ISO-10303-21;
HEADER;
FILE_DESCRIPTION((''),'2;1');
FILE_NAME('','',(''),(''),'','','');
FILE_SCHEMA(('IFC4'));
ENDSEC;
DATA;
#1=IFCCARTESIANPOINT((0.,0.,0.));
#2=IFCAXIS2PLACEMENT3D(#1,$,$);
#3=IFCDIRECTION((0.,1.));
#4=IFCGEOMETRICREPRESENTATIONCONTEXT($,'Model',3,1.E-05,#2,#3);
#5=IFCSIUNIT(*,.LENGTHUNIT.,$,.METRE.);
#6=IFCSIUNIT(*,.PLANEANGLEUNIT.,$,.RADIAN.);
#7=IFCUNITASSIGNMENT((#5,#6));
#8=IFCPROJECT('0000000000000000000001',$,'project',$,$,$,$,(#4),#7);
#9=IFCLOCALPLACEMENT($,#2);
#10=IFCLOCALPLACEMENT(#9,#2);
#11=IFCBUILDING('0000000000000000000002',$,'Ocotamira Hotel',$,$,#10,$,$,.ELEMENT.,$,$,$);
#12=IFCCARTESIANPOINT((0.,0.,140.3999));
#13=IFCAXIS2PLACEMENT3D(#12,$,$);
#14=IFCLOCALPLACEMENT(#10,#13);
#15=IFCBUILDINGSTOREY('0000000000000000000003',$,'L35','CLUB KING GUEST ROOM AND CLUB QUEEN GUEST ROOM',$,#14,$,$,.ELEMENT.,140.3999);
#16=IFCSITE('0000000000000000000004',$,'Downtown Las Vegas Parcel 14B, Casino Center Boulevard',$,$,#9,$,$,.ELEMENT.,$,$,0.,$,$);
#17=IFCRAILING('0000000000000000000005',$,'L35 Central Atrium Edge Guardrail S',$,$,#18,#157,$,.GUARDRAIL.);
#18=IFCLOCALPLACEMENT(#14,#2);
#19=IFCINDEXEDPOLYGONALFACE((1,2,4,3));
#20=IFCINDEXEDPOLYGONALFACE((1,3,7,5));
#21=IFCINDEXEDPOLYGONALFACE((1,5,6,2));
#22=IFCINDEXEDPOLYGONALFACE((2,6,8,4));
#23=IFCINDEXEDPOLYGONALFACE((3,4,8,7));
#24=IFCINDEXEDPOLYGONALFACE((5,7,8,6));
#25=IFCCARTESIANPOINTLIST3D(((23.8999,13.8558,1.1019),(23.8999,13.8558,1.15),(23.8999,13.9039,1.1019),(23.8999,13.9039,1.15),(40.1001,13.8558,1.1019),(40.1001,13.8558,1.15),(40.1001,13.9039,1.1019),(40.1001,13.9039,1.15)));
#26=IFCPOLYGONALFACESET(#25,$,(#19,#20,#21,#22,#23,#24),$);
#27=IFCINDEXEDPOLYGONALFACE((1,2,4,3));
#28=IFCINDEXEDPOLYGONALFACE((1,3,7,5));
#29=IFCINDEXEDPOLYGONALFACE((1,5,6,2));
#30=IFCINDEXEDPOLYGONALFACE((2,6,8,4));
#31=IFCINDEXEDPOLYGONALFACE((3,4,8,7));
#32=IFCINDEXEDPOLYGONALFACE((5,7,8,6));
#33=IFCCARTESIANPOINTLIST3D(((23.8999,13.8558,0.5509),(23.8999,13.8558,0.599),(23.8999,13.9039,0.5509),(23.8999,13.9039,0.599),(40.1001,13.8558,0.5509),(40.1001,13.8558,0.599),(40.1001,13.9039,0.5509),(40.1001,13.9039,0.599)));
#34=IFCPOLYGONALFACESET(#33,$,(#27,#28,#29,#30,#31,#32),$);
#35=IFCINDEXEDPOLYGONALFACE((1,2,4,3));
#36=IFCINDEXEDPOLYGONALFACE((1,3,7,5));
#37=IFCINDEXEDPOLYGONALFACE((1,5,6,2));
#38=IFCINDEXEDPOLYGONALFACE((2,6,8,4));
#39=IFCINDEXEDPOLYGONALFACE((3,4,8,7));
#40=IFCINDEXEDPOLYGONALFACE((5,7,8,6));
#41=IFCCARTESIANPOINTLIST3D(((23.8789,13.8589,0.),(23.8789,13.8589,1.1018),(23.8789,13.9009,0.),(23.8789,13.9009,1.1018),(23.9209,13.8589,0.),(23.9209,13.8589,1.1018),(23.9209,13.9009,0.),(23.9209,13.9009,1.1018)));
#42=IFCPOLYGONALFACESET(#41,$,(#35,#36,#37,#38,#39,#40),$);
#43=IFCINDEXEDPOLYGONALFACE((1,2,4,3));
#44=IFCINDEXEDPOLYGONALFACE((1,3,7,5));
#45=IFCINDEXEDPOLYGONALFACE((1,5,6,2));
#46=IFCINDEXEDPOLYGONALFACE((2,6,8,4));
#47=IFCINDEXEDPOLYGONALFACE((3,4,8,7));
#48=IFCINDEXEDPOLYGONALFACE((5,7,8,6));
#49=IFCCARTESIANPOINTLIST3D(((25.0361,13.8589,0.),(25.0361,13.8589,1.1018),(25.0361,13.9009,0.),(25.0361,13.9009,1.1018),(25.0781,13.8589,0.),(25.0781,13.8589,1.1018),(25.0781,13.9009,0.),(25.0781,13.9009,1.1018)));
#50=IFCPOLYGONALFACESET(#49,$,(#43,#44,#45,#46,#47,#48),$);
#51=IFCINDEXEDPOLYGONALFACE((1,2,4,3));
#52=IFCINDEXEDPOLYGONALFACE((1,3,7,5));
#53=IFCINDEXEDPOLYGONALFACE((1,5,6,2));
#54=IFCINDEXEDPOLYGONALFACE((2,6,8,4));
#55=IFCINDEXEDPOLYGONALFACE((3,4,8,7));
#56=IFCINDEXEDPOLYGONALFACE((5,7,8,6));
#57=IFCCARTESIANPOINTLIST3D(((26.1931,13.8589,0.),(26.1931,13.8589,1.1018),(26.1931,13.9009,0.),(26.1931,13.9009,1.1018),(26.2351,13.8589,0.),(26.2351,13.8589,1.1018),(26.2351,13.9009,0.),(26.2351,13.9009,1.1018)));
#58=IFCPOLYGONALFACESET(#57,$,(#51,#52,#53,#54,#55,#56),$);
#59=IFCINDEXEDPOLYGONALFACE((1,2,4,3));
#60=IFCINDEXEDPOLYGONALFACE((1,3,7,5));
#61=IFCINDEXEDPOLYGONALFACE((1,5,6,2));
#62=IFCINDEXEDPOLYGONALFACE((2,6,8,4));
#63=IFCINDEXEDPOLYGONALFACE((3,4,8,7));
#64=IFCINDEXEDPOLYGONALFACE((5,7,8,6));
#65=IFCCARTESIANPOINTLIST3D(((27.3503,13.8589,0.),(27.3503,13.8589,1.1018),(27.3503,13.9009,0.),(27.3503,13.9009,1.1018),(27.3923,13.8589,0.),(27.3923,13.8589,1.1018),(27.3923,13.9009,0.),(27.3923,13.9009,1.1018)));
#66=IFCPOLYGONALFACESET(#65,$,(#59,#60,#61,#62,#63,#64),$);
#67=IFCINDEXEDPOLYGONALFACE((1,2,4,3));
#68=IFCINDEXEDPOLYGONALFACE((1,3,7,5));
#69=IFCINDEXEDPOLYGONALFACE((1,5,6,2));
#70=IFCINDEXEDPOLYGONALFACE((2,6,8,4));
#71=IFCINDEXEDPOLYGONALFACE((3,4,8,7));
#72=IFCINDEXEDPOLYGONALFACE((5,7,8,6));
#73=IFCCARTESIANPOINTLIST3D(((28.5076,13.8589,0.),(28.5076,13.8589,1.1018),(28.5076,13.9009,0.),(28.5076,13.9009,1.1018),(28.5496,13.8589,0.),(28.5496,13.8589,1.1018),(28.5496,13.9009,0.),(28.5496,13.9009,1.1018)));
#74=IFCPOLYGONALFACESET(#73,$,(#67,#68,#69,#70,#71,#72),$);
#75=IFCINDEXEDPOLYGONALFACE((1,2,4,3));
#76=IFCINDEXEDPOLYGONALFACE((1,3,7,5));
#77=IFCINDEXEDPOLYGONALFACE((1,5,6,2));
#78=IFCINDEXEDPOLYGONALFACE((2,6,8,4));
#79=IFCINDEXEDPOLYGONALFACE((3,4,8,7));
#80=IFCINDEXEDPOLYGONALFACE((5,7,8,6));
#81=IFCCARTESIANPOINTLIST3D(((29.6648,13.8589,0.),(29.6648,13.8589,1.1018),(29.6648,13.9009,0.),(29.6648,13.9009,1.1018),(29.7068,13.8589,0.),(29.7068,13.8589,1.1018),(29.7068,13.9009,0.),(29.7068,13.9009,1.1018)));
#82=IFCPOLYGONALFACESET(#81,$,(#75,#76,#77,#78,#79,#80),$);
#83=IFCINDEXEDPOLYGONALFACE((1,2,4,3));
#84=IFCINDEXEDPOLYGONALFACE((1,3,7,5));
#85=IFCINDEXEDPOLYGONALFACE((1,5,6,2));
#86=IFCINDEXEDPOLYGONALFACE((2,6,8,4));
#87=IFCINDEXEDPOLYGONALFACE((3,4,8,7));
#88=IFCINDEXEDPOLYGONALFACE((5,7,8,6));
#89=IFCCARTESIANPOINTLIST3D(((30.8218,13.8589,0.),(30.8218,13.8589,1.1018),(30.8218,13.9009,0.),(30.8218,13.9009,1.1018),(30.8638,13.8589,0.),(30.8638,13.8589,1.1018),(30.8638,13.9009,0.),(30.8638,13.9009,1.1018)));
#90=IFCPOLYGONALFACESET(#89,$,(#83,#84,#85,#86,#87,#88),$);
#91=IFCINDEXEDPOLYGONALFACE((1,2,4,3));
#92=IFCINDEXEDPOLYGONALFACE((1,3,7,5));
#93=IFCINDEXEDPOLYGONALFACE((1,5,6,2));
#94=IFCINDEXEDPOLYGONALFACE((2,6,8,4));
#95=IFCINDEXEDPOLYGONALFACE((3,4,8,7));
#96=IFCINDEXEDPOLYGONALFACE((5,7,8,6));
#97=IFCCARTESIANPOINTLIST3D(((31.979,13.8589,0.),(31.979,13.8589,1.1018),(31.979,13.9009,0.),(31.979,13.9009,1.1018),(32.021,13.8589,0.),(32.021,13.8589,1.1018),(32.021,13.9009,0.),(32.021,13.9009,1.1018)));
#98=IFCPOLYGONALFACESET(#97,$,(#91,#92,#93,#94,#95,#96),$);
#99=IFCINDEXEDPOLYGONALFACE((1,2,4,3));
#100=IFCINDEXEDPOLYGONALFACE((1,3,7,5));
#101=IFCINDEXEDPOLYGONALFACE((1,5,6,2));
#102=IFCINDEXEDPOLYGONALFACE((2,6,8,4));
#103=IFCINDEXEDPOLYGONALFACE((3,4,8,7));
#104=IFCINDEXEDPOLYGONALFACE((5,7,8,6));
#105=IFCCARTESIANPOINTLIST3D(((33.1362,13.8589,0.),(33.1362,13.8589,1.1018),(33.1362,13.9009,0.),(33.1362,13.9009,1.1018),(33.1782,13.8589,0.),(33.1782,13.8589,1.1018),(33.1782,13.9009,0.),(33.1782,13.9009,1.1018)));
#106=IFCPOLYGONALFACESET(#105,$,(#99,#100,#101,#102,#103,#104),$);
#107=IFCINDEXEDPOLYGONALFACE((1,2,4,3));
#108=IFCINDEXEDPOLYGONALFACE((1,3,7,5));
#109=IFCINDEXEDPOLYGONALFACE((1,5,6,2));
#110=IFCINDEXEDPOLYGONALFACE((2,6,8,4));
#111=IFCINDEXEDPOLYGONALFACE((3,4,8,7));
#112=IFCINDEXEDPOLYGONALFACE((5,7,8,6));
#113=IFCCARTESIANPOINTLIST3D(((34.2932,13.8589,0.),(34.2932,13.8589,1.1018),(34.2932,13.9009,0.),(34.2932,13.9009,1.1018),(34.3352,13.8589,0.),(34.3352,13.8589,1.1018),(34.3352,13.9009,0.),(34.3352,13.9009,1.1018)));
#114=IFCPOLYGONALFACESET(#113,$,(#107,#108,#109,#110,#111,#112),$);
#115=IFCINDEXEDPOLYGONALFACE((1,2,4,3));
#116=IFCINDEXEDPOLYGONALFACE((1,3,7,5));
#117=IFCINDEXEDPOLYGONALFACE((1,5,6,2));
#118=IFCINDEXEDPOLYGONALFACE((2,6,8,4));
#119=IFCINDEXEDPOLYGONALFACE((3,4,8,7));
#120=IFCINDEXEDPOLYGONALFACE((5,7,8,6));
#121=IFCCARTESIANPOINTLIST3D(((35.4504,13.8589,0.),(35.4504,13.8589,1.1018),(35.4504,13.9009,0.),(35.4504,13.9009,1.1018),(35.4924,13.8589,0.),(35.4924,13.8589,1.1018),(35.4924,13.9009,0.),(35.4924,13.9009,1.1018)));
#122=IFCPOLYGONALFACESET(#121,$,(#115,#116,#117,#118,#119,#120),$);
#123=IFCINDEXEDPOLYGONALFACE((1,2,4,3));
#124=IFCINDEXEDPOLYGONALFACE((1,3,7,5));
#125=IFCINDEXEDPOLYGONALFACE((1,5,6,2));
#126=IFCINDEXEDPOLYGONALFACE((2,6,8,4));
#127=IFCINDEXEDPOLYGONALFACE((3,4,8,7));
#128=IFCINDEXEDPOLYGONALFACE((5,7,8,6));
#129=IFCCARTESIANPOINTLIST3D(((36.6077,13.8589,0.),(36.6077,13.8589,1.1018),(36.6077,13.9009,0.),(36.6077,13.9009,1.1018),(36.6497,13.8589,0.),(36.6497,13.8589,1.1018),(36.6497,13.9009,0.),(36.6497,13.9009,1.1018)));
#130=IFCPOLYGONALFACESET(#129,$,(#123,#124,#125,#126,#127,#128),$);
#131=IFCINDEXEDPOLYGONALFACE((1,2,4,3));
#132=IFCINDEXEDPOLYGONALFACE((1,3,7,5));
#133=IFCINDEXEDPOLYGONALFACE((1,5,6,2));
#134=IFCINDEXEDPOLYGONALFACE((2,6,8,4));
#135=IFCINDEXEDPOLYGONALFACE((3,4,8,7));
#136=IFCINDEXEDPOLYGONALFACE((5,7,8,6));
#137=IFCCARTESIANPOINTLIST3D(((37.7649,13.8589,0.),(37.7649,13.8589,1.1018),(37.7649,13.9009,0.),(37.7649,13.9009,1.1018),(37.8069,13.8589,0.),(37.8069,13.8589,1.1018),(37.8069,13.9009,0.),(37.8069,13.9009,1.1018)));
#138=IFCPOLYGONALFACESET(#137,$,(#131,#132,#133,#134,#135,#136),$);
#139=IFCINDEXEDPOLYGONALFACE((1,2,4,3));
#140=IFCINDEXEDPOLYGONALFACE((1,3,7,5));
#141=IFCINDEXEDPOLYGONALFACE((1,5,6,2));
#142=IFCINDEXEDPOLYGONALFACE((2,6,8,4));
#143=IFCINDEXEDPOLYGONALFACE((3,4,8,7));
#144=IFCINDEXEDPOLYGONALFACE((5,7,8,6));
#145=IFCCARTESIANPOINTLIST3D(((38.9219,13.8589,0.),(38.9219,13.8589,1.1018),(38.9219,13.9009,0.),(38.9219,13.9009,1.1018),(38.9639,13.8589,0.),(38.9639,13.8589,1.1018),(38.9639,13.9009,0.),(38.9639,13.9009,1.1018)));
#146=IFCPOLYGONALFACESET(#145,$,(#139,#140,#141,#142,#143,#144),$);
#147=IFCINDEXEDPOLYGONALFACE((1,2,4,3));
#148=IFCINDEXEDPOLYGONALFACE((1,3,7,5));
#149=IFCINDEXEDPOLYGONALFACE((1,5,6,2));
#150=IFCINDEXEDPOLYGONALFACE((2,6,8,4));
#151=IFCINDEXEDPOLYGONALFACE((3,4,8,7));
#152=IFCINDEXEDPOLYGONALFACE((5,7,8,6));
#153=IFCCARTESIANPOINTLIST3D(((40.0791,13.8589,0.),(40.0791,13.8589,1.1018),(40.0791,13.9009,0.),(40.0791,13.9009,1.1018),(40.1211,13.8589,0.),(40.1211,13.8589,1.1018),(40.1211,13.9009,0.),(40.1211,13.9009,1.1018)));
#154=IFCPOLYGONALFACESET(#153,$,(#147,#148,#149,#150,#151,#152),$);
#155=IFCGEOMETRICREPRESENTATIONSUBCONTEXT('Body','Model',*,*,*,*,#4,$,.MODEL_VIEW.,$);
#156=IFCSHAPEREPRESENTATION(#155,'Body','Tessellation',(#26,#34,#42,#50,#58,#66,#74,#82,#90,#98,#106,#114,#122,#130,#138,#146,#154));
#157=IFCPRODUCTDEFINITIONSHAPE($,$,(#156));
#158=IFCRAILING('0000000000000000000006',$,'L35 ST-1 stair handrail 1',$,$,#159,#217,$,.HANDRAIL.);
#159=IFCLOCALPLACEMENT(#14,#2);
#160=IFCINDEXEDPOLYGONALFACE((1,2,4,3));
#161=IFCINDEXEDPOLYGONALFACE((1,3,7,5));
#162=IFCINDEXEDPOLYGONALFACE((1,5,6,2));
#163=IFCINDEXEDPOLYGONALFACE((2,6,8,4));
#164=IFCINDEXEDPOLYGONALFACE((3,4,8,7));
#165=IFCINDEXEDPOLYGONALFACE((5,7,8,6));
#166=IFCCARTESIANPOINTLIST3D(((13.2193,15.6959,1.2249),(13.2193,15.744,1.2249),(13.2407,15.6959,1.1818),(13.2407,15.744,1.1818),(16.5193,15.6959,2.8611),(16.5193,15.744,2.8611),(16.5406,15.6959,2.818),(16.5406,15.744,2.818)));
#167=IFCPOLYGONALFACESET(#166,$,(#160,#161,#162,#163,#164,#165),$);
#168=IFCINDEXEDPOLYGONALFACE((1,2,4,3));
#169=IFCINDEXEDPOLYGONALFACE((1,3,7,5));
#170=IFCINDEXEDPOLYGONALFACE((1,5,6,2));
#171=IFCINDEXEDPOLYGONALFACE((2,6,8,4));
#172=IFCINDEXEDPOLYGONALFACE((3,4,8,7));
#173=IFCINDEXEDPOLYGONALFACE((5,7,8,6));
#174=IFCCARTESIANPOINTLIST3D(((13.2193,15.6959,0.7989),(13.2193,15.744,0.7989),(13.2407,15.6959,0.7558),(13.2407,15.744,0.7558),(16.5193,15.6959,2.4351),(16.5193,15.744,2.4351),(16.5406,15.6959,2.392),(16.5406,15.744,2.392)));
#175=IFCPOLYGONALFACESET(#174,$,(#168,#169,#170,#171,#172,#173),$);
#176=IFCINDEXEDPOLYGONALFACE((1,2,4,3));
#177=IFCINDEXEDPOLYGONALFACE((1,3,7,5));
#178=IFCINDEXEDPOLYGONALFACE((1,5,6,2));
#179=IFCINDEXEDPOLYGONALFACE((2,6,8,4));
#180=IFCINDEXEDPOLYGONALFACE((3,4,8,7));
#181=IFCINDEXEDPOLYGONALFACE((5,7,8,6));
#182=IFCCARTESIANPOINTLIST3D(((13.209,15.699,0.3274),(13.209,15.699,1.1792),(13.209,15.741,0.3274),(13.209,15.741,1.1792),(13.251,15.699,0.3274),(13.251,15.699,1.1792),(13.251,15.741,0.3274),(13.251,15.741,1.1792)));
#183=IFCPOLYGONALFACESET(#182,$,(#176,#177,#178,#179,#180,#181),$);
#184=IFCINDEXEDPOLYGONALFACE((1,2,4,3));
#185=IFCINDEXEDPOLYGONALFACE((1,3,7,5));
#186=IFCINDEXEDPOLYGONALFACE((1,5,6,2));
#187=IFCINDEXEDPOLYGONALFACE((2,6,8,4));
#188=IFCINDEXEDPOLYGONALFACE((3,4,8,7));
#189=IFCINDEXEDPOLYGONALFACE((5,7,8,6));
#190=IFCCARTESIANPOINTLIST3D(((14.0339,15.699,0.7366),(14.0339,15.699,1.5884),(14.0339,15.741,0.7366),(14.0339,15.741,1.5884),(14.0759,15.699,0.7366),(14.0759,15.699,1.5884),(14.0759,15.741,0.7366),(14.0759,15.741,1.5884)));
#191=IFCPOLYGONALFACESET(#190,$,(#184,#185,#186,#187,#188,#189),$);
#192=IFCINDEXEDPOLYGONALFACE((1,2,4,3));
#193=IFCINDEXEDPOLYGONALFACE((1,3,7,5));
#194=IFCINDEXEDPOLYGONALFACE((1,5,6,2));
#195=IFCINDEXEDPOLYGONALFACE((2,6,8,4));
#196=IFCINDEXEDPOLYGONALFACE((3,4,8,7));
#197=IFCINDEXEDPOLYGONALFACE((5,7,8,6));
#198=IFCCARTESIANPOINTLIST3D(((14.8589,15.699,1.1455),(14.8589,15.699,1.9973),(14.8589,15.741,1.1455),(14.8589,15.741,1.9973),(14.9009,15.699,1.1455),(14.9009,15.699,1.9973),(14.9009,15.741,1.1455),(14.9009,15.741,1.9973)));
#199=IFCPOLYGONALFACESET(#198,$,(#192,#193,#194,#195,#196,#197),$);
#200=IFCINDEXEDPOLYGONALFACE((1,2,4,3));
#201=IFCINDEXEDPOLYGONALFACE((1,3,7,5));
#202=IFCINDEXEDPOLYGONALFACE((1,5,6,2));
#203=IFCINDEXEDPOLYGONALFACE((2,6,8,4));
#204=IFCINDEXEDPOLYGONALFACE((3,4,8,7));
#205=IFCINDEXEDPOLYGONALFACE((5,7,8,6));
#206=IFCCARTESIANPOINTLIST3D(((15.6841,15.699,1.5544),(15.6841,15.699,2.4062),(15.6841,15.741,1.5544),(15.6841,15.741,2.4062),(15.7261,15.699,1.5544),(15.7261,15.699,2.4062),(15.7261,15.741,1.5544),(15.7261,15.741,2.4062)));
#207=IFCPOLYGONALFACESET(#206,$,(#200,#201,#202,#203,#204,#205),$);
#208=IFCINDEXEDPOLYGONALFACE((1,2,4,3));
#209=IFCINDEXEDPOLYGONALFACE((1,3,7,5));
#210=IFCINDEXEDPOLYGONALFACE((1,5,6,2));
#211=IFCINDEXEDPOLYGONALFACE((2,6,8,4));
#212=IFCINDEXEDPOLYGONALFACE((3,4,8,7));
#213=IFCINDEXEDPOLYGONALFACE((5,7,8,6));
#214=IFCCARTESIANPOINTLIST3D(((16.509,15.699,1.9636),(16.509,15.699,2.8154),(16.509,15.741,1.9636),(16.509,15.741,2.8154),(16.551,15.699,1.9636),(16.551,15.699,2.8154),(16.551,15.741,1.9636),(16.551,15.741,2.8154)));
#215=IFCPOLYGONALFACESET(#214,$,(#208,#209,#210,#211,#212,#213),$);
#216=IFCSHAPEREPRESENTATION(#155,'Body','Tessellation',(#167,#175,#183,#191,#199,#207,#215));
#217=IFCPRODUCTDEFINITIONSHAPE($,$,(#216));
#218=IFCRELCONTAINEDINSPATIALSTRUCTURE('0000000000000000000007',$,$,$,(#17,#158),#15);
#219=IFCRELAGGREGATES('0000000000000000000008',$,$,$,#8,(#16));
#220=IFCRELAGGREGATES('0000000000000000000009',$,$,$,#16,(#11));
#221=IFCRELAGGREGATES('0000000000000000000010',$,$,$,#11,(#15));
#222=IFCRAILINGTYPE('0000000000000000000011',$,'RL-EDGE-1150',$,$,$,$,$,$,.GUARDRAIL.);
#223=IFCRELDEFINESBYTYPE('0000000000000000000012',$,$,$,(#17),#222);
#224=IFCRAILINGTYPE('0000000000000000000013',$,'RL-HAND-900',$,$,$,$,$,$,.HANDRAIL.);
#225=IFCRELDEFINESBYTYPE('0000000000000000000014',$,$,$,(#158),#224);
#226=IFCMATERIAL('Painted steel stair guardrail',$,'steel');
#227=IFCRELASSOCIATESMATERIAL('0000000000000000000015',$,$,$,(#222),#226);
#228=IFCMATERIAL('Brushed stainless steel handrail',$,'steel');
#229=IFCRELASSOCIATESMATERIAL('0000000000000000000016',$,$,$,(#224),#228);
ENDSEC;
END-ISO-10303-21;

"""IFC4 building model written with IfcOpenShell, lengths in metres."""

from ifc_helpers import new_model, si_unit, direction, frame, origin, origin_2d, place, context, subcontext, project, spatial, rectangle, extrude, material, type_object, element, save


model = new_model("IFC4")

# Units and contexts
model_context = context("Model", 3, precision=1e-05, world=origin(), true_north=direction((0.0, 1.0)))
body_context = subcontext(model_context, "Body", "Model", "MODEL_VIEW")
ifc_project = project(units=[si_unit("LENGTHUNIT", "METRE"), si_unit("PLANEANGLEUNIT", "RADIAN")], contexts=[model_context])

# Site, building, storey
site_placement = place(None, origin())
site = spatial("IfcSite", under=ifc_project, at=site_placement, Name="Downtown Las Vegas Parcel 14B, Casino Center Boulevard", CompositionType="ELEMENT", RefElevation=0.0)
building_placement = place(site_placement, origin())
building = spatial("IfcBuilding", under=site, at=building_placement, Name="Ocotamira Hotel", CompositionType="ELEMENT")
storey_placement = place(building_placement, frame((0.0, 0.0, 140.3999)))
storey = spatial("IfcBuildingStorey", under=building, at=storey_placement, Name="L35", Description="CLUB KING GUEST ROOM AND CLUB QUEEN GUEST ROOM", CompositionType="ELEMENT", Elevation=140.3999)

# Railings
ifc_material_1 = material(Name="Painted steel stair guardrail", Category="steel")
railing_type_1 = type_object("IfcRailingType", Name="RL-EDGE-1150", PredefinedType="GUARDRAIL", material=ifc_material_1)
railing_1_placement = place(storey_placement, frame((23.8999, 13.8799, 0.0)))
element("IfcRailing", 1, at=railing_1_placement, inside=storey, type_object=railing_type_1, Name="L35 Central Atrium Edge Guardrail S", PredefinedType="GUARDRAIL", context=body_context, shape_type="SweptSolid", body=[
    extrude(rectangle(XDim=0.0481, YDim=0.0481, at=origin_2d()), frame((0.0, 0.0, 1.126), z_axis=(1.0, 0.0, 0.0), x_axis=(0.0, 1.0, 0.0)), (0.0, 0.0, 1.0), 16.2002),
    extrude(rectangle(XDim=0.0481, YDim=0.0481, at=origin_2d()), frame((0.0, 0.0, 0.575), z_axis=(1.0, 0.0, 0.0), x_axis=(0.0, 1.0, 0.0)), (0.0, 0.0, 1.0), 16.2002),
    extrude(rectangle(XDim=0.042, YDim=0.042, at=origin_2d()), origin(), (0.0, 0.0, 1.0), 1.1018),
    extrude(rectangle(XDim=0.042, YDim=0.042, at=origin_2d()), frame((1.1572, 0.0, 0.0)), (0.0, 0.0, 1.0), 1.1018),
    extrude(rectangle(XDim=0.042, YDim=0.042, at=origin_2d()), frame((2.3142, 0.0, 0.0)), (0.0, 0.0, 1.0), 1.1018),
    extrude(rectangle(XDim=0.042, YDim=0.042, at=origin_2d()), frame((3.4714, 0.0, 0.0)), (0.0, 0.0, 1.0), 1.1018),
    extrude(rectangle(XDim=0.042, YDim=0.042, at=origin_2d()), frame((4.6287, 0.0, 0.0)), (0.0, 0.0, 1.0), 1.1018),
    extrude(rectangle(XDim=0.042, YDim=0.042, at=origin_2d()), frame((5.7859, 0.0, 0.0)), (0.0, 0.0, 1.0), 1.1018),
    extrude(rectangle(XDim=0.042, YDim=0.042, at=origin_2d()), frame((6.9429, 0.0, 0.0)), (0.0, 0.0, 1.0), 1.1018),
    extrude(rectangle(XDim=0.042, YDim=0.042, at=origin_2d()), frame((8.1001, 0.0, 0.0)), (0.0, 0.0, 1.0), 1.1018),
    extrude(rectangle(XDim=0.042, YDim=0.042, at=origin_2d()), frame((9.2573, 0.0, 0.0)), (0.0, 0.0, 1.0), 1.1018),
    extrude(rectangle(XDim=0.042, YDim=0.042, at=origin_2d()), frame((10.4143, 0.0, 0.0)), (0.0, 0.0, 1.0), 1.1018),
    extrude(rectangle(XDim=0.042, YDim=0.042, at=origin_2d()), frame((11.5715, 0.0, 0.0)), (0.0, 0.0, 1.0), 1.1018),
    extrude(rectangle(XDim=0.042, YDim=0.042, at=origin_2d()), frame((12.7288, 0.0, 0.0)), (0.0, 0.0, 1.0), 1.1018),
    extrude(rectangle(XDim=0.042, YDim=0.042, at=origin_2d()), frame((13.886, 0.0, 0.0)), (0.0, 0.0, 1.0), 1.1018),
    extrude(rectangle(XDim=0.042, YDim=0.042, at=origin_2d()), frame((15.043, 0.0, 0.0)), (0.0, 0.0, 1.0), 1.1018),
    extrude(rectangle(XDim=0.042, YDim=0.042, at=origin_2d()), frame((16.2002, 0.0, 0.0)), (0.0, 0.0, 1.0), 1.1018),
])
ifc_material_2 = material(Name="Brushed stainless steel handrail", Category="steel")
railing_type_2 = type_object("IfcRailingType", Name="RL-HAND-900", PredefinedType="HANDRAIL", material=ifc_material_2)
railing_2_placement = place(storey_placement, frame((13.23, 15.72, 0.3274)))
element("IfcRailing", 2, at=railing_2_placement, inside=storey, type_object=railing_type_2, Name="L35 ST-1 stair handrail 1", PredefinedType="HANDRAIL", context=body_context, shape_type="SweptSolid", body=[
    extrude(rectangle(XDim=0.0481, YDim=0.0481, at=origin_2d()), frame((0.0, 0.0, 0.876), z_axis=(0.89592, 0.0, 0.444215), x_axis=(0.0, 1.0, 0.0)), (0.0, 0.0, 1.0), 3.6833),
    extrude(rectangle(XDim=0.0481, YDim=0.0481, at=origin_2d()), frame((0.0, 0.0, 0.45), z_axis=(0.89592, 0.0, 0.444215), x_axis=(0.0, 1.0, 0.0)), (0.0, 0.0, 1.0), 3.6833),
    extrude(rectangle(XDim=0.042, YDim=0.042, at=origin_2d()), origin(), (0.0, 0.0, 1.0), 0.8518),
    extrude(rectangle(XDim=0.042, YDim=0.042, at=origin_2d()), frame((0.825, 0.0, 0.4092)), (0.0, 0.0, 1.0), 0.8518),
    extrude(rectangle(XDim=0.042, YDim=0.042, at=origin_2d()), frame((1.6499, 0.0, 0.8181)), (0.0, 0.0, 1.0), 0.8518),
    extrude(rectangle(XDim=0.042, YDim=0.042, at=origin_2d()), frame((2.4751, 0.0, 1.2271)), (0.0, 0.0, 1.0), 0.8518),
    extrude(rectangle(XDim=0.042, YDim=0.042, at=origin_2d()), frame((3.3, 0.0, 1.6362)), (0.0, 0.0, 1.0), 0.8518),
])

save(model, "model.ifc")
